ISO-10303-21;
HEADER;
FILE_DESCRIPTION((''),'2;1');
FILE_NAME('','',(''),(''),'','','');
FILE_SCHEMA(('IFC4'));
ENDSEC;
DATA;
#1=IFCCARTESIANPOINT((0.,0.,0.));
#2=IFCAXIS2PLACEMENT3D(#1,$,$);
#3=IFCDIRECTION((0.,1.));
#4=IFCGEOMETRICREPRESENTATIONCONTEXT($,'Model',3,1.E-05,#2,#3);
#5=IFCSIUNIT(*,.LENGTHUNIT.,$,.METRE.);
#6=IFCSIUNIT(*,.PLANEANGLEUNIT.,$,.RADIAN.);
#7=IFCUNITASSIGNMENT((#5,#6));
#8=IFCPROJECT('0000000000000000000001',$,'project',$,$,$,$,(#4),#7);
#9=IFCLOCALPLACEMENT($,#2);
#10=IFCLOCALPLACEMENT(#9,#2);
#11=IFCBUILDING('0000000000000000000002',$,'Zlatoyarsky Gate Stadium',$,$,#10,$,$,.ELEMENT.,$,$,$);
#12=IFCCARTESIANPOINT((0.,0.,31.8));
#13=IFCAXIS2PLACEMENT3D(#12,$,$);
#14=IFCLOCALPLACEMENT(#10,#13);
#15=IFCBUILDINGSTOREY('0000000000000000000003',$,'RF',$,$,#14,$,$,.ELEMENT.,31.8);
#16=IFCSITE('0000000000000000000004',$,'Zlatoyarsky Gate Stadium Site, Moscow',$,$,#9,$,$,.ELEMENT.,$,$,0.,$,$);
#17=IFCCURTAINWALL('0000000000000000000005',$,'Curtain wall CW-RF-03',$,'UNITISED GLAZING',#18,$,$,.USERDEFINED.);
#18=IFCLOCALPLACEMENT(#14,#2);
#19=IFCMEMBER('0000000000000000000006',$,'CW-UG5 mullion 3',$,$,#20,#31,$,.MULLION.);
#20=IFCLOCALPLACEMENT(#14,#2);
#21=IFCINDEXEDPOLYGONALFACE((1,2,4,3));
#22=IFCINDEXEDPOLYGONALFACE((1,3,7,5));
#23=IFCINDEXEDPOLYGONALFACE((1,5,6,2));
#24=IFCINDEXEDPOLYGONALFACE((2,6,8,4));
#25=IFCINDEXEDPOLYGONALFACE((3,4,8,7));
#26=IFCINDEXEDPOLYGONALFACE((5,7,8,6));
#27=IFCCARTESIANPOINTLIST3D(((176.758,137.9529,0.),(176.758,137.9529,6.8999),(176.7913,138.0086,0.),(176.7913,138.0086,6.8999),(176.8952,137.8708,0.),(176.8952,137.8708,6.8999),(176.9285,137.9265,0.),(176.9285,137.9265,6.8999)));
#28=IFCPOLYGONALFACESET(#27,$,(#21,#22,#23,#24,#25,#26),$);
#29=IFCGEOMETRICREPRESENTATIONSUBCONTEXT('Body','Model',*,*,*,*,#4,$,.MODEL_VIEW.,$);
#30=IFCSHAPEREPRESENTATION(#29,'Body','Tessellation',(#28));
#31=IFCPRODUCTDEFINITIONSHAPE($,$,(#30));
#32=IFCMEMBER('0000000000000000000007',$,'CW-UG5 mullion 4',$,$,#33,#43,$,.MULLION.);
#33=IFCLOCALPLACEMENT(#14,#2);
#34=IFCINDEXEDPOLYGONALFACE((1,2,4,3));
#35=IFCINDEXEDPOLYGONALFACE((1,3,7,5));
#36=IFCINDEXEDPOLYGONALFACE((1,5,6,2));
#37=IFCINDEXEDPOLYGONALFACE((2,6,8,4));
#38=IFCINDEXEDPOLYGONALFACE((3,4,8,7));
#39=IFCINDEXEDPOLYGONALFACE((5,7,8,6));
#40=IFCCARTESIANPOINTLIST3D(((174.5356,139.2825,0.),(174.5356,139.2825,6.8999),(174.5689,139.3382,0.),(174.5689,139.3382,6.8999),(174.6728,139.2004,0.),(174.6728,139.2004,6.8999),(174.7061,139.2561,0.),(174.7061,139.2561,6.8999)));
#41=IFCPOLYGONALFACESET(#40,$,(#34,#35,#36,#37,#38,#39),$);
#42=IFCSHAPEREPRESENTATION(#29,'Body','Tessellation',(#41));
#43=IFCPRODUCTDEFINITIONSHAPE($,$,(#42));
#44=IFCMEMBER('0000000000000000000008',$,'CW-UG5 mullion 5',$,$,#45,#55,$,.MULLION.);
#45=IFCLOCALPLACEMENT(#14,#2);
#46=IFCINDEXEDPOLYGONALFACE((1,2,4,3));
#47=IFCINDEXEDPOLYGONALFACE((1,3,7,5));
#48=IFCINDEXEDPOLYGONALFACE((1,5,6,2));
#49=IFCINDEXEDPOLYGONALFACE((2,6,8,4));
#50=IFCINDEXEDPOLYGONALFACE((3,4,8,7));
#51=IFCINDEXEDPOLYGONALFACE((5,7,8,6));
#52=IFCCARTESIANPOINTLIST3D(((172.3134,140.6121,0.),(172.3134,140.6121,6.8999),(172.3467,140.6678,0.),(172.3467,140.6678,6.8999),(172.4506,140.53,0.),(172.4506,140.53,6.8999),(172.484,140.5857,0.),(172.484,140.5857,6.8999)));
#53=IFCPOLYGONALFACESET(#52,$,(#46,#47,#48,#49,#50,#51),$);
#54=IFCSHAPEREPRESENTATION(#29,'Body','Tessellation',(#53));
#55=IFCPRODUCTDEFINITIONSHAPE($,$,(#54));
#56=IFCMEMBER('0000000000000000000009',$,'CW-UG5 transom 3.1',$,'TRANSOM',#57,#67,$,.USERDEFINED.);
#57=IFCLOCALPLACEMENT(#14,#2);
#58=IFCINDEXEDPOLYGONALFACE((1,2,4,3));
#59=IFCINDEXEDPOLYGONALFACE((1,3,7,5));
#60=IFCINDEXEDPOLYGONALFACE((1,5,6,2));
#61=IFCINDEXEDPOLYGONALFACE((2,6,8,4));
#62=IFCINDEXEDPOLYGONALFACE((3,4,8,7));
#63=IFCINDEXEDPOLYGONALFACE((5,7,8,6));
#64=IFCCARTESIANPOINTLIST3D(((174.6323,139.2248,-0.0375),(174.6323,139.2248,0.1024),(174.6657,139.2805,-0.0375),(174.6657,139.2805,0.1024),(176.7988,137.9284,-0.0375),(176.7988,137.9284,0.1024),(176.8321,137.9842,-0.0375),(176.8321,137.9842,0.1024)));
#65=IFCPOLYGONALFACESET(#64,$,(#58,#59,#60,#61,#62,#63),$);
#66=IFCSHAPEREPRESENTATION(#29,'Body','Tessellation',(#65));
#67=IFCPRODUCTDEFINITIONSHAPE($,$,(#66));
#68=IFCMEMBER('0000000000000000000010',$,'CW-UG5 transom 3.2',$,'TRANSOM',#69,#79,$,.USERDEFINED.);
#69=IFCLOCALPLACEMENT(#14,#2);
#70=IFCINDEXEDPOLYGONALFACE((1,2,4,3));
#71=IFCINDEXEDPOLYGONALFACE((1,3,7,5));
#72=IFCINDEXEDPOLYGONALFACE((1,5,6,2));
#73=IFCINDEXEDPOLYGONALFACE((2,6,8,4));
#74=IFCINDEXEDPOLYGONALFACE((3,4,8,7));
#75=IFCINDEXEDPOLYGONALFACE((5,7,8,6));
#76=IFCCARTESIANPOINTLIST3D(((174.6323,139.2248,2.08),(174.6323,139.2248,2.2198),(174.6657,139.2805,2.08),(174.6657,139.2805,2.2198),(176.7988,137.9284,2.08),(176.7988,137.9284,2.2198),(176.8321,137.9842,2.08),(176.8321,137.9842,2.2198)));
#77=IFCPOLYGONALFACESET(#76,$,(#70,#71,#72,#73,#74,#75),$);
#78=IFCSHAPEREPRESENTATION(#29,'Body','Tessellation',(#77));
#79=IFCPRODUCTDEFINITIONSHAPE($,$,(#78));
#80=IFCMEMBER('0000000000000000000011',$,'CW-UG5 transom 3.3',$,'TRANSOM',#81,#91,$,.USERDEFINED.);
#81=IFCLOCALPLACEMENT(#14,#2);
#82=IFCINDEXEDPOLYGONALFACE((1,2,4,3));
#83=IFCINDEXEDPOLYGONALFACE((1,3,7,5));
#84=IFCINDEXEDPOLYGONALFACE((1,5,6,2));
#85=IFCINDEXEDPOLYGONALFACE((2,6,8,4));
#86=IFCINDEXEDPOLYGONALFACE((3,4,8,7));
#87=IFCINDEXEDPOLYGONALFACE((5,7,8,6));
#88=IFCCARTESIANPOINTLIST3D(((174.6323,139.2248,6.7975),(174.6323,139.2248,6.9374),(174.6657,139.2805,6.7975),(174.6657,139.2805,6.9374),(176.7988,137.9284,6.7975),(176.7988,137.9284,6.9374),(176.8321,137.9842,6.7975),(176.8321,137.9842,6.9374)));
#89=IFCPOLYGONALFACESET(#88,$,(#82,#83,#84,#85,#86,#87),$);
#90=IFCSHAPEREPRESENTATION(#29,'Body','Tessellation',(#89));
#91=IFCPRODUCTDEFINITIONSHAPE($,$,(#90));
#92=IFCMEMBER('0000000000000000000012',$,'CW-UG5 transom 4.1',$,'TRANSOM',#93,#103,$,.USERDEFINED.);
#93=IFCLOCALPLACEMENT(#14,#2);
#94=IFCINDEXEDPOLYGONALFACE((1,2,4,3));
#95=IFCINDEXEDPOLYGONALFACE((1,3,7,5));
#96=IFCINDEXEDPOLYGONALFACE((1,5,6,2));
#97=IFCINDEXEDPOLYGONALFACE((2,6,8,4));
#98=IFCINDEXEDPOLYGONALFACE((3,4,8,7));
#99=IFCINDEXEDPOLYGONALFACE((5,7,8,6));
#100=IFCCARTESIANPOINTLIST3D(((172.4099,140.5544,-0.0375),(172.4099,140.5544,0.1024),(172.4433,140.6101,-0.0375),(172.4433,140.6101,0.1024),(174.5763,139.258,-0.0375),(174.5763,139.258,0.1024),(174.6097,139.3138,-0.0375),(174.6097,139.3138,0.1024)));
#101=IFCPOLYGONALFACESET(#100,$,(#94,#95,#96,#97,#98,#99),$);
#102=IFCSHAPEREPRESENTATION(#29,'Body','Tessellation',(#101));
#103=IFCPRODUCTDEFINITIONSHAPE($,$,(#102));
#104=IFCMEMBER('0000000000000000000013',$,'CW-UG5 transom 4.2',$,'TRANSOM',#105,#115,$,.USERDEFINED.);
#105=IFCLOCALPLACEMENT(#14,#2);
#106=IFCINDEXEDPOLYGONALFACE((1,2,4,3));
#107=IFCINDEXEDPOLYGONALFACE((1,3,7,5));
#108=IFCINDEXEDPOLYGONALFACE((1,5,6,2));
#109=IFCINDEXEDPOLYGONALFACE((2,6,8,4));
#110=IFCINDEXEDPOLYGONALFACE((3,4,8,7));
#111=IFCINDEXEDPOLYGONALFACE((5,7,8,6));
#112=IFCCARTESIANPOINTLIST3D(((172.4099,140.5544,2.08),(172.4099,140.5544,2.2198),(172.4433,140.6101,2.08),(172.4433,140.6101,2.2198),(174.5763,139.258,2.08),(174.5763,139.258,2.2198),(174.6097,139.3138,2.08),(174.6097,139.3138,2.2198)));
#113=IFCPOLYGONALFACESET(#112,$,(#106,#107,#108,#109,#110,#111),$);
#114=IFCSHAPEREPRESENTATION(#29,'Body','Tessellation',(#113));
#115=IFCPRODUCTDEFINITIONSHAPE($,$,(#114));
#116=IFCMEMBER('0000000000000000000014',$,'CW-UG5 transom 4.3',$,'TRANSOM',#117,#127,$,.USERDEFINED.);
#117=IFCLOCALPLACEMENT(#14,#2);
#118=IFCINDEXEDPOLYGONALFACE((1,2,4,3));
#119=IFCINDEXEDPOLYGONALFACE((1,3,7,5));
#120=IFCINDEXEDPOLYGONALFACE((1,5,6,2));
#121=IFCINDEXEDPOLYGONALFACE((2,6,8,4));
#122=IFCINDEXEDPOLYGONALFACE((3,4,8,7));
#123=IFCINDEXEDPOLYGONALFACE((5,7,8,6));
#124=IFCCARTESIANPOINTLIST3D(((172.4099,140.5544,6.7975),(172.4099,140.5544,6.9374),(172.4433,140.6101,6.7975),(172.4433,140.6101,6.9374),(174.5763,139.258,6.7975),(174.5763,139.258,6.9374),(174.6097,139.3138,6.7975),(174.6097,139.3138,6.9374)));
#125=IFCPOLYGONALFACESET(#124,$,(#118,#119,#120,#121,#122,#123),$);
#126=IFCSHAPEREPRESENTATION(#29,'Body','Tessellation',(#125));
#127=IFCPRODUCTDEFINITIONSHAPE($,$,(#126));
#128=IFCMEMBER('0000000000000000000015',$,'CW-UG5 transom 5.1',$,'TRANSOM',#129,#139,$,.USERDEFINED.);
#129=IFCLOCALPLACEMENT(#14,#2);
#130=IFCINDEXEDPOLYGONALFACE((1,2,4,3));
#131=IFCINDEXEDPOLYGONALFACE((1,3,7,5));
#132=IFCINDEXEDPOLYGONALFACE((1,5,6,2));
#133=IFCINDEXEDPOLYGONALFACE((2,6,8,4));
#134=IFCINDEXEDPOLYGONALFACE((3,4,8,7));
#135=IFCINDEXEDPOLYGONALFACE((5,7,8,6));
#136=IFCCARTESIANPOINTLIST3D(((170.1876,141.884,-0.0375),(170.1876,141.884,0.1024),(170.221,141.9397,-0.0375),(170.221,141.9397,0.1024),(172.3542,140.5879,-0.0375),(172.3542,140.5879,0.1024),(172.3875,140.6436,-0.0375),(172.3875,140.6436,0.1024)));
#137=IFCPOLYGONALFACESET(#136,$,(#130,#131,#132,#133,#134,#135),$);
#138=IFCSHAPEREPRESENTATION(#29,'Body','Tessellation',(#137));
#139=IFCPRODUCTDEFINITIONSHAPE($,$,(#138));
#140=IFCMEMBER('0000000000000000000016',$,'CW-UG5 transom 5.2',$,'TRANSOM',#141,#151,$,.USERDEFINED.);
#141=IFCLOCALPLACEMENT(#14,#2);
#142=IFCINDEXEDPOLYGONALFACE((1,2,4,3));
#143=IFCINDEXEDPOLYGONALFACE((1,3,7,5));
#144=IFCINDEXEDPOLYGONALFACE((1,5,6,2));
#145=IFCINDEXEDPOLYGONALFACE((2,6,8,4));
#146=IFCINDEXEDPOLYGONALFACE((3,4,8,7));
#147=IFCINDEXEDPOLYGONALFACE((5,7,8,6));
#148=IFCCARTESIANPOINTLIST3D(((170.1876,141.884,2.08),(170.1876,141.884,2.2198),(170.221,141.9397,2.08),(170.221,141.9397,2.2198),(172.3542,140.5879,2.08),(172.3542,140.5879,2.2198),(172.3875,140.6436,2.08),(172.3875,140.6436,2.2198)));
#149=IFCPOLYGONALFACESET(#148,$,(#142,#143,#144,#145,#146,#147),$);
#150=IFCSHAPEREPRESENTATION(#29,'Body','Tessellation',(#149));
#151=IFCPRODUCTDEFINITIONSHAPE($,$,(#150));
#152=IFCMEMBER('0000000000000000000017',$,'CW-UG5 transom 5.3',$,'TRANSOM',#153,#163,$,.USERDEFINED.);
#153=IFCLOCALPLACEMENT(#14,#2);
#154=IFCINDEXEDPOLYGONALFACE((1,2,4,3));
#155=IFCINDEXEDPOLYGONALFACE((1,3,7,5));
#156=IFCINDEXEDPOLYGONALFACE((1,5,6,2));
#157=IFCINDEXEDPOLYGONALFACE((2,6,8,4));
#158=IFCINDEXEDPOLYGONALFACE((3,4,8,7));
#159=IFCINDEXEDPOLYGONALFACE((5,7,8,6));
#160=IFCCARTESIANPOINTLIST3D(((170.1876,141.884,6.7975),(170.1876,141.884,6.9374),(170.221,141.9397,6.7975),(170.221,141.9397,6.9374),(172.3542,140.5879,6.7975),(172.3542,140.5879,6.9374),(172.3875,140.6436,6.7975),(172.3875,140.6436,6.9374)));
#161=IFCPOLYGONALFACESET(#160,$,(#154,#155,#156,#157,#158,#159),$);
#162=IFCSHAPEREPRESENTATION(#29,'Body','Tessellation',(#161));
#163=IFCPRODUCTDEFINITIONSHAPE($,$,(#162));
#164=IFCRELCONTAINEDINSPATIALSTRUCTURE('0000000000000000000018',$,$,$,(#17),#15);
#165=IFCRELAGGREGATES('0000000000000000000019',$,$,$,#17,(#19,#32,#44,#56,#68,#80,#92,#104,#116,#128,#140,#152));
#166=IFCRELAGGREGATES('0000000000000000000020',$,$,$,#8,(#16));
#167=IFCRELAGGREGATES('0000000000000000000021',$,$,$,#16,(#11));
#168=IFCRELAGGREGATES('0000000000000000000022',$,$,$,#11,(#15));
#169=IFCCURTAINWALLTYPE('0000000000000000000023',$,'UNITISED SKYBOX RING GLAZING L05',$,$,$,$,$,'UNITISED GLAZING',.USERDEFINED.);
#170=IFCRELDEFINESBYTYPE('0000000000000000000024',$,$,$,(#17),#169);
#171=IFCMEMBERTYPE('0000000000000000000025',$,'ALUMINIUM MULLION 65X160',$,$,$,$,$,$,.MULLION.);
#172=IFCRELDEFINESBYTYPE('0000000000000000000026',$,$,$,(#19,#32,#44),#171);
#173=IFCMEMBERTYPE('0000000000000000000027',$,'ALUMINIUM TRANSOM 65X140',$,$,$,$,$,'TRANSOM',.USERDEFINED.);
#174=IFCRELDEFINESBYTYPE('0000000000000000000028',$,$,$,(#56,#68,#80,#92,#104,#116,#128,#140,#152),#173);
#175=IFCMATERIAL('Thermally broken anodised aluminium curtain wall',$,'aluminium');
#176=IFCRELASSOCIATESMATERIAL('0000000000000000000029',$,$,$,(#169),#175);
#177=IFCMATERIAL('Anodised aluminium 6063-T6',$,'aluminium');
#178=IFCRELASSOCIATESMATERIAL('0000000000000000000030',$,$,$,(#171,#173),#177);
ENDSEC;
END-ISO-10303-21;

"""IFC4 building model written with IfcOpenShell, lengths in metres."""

from ifc_helpers import new_model, si_unit, direction, frame, origin, origin_2d, place, context, subcontext, project, spatial, rectangle, extrude, material, material_profile, profile_set, type_object, element, aggregate, save


model = new_model("IFC4")

# Units and contexts
model_context = context("Model", 3, precision=1e-05, world=origin(), true_north=direction((0.0, 1.0)))
body_context = subcontext(model_context, "Body", "Model", "MODEL_VIEW")
ifc_project = project(units=[si_unit("LENGTHUNIT", "METRE"), si_unit("PLANEANGLEUNIT", "RADIAN")], contexts=[model_context])

# Site, building, storey
site_placement = place(None, origin())
site = spatial("IfcSite", under=ifc_project, at=site_placement, Name="Zlatoyarsky Gate Stadium Site, Moscow", CompositionType="ELEMENT", RefElevation=0.0)
building_placement = place(site_placement, origin())
building = spatial("IfcBuilding", under=site, at=building_placement, Name="Zlatoyarsky Gate Stadium", CompositionType="ELEMENT")
storey_placement = place(building_placement, frame((0.0, 0.0, 31.8)))
storey = spatial("IfcBuildingStorey", under=building, at=storey_placement, Name="RF", CompositionType="ELEMENT", Elevation=31.8)

# Curtain wall, members
ifc_material_1 = material(Name="Thermally broken anodised aluminium curtain wall", Category="aluminium")
curtain_wall_type = type_object("IfcCurtainWallType", Name="UNITISED SKYBOX RING GLAZING L05", ElementType="UNITISED GLAZING", PredefinedType="USERDEFINED", material=ifc_material_1)
curtain_wall_placement = place(storey_placement, origin())
curtain_wall = element("IfcCurtainWall", 1, at=curtain_wall_placement, inside=storey, type_object=curtain_wall_type, Name="Curtain wall CW-RF-03", ObjectType="UNITISED GLAZING", PredefinedType="USERDEFINED")
ifc_material_2 = material(Name="Anodised aluminium 6063-T6", Category="aluminium")
ifc_material_profile_1 = material_profile(ifc_material_2, rectangle(XDim=0.0649, YDim=0.1599, at=origin_2d()), Name="ALU 65X160")
ifc_profile_set_1 = profile_set([ifc_material_profile_1], Name="Anodised aluminium 6063-T6")
member_type_1 = type_object("IfcMemberType", Name="ALUMINIUM MULLION 65X160", PredefinedType="MULLION", material=ifc_profile_set_1)
member_1_placement = place(storey_placement, frame((176.8433, 137.9397, 0.0), z_axis=(0.0, 0.0, 1.0), x_axis=(-0.513436, -0.858128, 0.0)))
member_1 = element("IfcMember", 2, at=member_1_placement, type_object=member_type_1, Name="CW-UG5 mullion 3", PredefinedType="MULLION", context=body_context, shape_type="SweptSolid", body=[
    extrude(rectangle(XDim=0.0649, YDim=0.1599, at=origin_2d()), origin(), (0.0, 0.0, 1.0), 6.8999),
])
member_2_placement = place(storey_placement, frame((174.6208, 139.2693, 0.0), z_axis=(0.0, 0.0, 1.0), x_axis=(-0.513436, -0.858128, 0.0)))
member_2 = element("IfcMember", 3, at=member_2_placement, type_object=member_type_1, Name="CW-UG5 mullion 4", PredefinedType="MULLION", context=body_context, shape_type="SweptSolid", body=[
    extrude(rectangle(XDim=0.0649, YDim=0.1599, at=origin_2d()), origin(), (0.0, 0.0, 1.0), 6.8999),
])
member_3_placement = place(storey_placement, frame((172.3987, 140.5989, 0.0), z_axis=(0.0, 0.0, 1.0), x_axis=(-0.513436, -0.858128, 0.0)))
member_3 = element("IfcMember", 4, at=member_3_placement, type_object=member_type_1, Name="CW-UG5 mullion 5", PredefinedType="MULLION", context=body_context, shape_type="SweptSolid", body=[
    extrude(rectangle(XDim=0.0649, YDim=0.1599, at=origin_2d()), origin(), (0.0, 0.0, 1.0), 6.8999),
])
ifc_material_profile_2 = material_profile(ifc_material_2, rectangle(XDim=0.0649, YDim=0.1399, at=origin_2d()), Name="ALU 65X140")
ifc_profile_set_2 = profile_set([ifc_material_profile_2], Name="Anodised aluminium 6063-T6")
member_type_2 = type_object("IfcMemberType", Name="ALUMINIUM TRANSOM 65X140", ElementType="TRANSOM", PredefinedType="USERDEFINED", material=ifc_profile_set_2)
member_4_placement = place(storey_placement, frame((176.8154, 137.9563, 0.0325), z_axis=(-0.858107, 0.513472, 0.0), x_axis=(-0.513472, -0.858107, 0.0)))
member_4 = element("IfcMember", 5, at=member_4_placement, type_object=member_type_2, Name="CW-UG5 transom 3.1", ObjectType="TRANSOM", PredefinedType="USERDEFINED", context=body_context, shape_type="SweptSolid", body=[
    extrude(rectangle(XDim=0.0649, YDim=0.1399, at=origin_2d()), origin(), (0.0, 0.0, 1.0), 2.5247),
])
member_5_placement = place(storey_placement, frame((176.8154, 137.9563, 2.1499), z_axis=(-0.858107, 0.513472, 0.0), x_axis=(-0.513472, -0.858107, 0.0)))
member_5 = element("IfcMember", 6, at=member_5_placement, type_object=member_type_2, Name="CW-UG5 transom 3.2", ObjectType="TRANSOM", PredefinedType="USERDEFINED", context=body_context, shape_type="SweptSolid", body=[
    extrude(rectangle(XDim=0.0649, YDim=0.1399, at=origin_2d()), origin(), (0.0, 0.0, 1.0), 2.5247),
])
member_6_placement = place(storey_placement, frame((176.8154, 137.9563, 6.8674), z_axis=(-0.858107, 0.513472, 0.0), x_axis=(-0.513472, -0.858107, 0.0)))
member_6 = element("IfcMember", 7, at=member_6_placement, type_object=member_type_2, Name="CW-UG5 transom 3.3", ObjectType="TRANSOM", PredefinedType="USERDEFINED", context=body_context, shape_type="SweptSolid", body=[
    extrude(rectangle(XDim=0.0649, YDim=0.1399, at=origin_2d()), origin(), (0.0, 0.0, 1.0), 2.5247),
])
member_7_placement = place(storey_placement, frame((174.593, 139.2859, 0.0325), z_axis=(-0.858107, 0.513472, 0.0), x_axis=(-0.513472, -0.858107, 0.0)))
member_7 = element("IfcMember", 8, at=member_7_placement, type_object=member_type_2, Name="CW-UG5 transom 4.1", ObjectType="TRANSOM", PredefinedType="USERDEFINED", context=body_context, shape_type="SweptSolid", body=[
    extrude(rectangle(XDim=0.0649, YDim=0.1399, at=origin_2d()), origin(), (0.0, 0.0, 1.0), 2.5247),
])
member_8_placement = place(storey_placement, frame((174.593, 139.2859, 2.1499), z_axis=(-0.858107, 0.513472, 0.0), x_axis=(-0.513472, -0.858107, 0.0)))
member_8 = element("IfcMember", 9, at=member_8_placement, type_object=member_type_2, Name="CW-UG5 transom 4.2", ObjectType="TRANSOM", PredefinedType="USERDEFINED", context=body_context, shape_type="SweptSolid", body=[
    extrude(rectangle(XDim=0.0649, YDim=0.1399, at=origin_2d()), origin(), (0.0, 0.0, 1.0), 2.5247),
])
member_9_placement = place(storey_placement, frame((174.593, 139.2859, 6.8674), z_axis=(-0.858107, 0.513472, 0.0), x_axis=(-0.513472, -0.858107, 0.0)))
member_9 = element("IfcMember", 10, at=member_9_placement, type_object=member_type_2, Name="CW-UG5 transom 4.3", ObjectType="TRANSOM", PredefinedType="USERDEFINED", context=body_context, shape_type="SweptSolid", body=[
    extrude(rectangle(XDim=0.0649, YDim=0.1399, at=origin_2d()), origin(), (0.0, 0.0, 1.0), 2.5247),
])
member_10_placement = place(storey_placement, frame((172.3708, 140.6157, 0.0325), z_axis=(-0.858149, 0.5134, 0.0), x_axis=(-0.5134, -0.858149, 0.0)))
member_10 = element("IfcMember", 11, at=member_10_placement, type_object=member_type_2, Name="CW-UG5 transom 5.1", ObjectType="TRANSOM", PredefinedType="USERDEFINED", context=body_context, shape_type="SweptSolid", body=[
    extrude(rectangle(XDim=0.0649, YDim=0.1399, at=origin_2d()), origin(), (0.0, 0.0, 1.0), 2.5247),
])
member_11_placement = place(storey_placement, frame((172.3708, 140.6157, 2.1499), z_axis=(-0.858149, 0.5134, 0.0), x_axis=(-0.5134, -0.858149, 0.0)))
member_11 = element("IfcMember", 12, at=member_11_placement, type_object=member_type_2, Name="CW-UG5 transom 5.2", ObjectType="TRANSOM", PredefinedType="USERDEFINED", context=body_context, shape_type="SweptSolid", body=[
    extrude(rectangle(XDim=0.0649, YDim=0.1399, at=origin_2d()), origin(), (0.0, 0.0, 1.0), 2.5247),
])
member_12_placement = place(storey_placement, frame((172.3708, 140.6157, 6.8674), z_axis=(-0.858149, 0.5134, 0.0), x_axis=(-0.5134, -0.858149, 0.0)))
member_12 = element("IfcMember", 13, at=member_12_placement, type_object=member_type_2, Name="CW-UG5 transom 5.3", ObjectType="TRANSOM", PredefinedType="USERDEFINED", context=body_context, shape_type="SweptSolid", body=[
    extrude(rectangle(XDim=0.0649, YDim=0.1399, at=origin_2d()), origin(), (0.0, 0.0, 1.0), 2.5247),
])

aggregate(curtain_wall, [member_1, member_2, member_3, member_4, member_5, member_6, member_7, member_8, member_9, member_10, member_11, member_12])

save(model, "model.ifc")
